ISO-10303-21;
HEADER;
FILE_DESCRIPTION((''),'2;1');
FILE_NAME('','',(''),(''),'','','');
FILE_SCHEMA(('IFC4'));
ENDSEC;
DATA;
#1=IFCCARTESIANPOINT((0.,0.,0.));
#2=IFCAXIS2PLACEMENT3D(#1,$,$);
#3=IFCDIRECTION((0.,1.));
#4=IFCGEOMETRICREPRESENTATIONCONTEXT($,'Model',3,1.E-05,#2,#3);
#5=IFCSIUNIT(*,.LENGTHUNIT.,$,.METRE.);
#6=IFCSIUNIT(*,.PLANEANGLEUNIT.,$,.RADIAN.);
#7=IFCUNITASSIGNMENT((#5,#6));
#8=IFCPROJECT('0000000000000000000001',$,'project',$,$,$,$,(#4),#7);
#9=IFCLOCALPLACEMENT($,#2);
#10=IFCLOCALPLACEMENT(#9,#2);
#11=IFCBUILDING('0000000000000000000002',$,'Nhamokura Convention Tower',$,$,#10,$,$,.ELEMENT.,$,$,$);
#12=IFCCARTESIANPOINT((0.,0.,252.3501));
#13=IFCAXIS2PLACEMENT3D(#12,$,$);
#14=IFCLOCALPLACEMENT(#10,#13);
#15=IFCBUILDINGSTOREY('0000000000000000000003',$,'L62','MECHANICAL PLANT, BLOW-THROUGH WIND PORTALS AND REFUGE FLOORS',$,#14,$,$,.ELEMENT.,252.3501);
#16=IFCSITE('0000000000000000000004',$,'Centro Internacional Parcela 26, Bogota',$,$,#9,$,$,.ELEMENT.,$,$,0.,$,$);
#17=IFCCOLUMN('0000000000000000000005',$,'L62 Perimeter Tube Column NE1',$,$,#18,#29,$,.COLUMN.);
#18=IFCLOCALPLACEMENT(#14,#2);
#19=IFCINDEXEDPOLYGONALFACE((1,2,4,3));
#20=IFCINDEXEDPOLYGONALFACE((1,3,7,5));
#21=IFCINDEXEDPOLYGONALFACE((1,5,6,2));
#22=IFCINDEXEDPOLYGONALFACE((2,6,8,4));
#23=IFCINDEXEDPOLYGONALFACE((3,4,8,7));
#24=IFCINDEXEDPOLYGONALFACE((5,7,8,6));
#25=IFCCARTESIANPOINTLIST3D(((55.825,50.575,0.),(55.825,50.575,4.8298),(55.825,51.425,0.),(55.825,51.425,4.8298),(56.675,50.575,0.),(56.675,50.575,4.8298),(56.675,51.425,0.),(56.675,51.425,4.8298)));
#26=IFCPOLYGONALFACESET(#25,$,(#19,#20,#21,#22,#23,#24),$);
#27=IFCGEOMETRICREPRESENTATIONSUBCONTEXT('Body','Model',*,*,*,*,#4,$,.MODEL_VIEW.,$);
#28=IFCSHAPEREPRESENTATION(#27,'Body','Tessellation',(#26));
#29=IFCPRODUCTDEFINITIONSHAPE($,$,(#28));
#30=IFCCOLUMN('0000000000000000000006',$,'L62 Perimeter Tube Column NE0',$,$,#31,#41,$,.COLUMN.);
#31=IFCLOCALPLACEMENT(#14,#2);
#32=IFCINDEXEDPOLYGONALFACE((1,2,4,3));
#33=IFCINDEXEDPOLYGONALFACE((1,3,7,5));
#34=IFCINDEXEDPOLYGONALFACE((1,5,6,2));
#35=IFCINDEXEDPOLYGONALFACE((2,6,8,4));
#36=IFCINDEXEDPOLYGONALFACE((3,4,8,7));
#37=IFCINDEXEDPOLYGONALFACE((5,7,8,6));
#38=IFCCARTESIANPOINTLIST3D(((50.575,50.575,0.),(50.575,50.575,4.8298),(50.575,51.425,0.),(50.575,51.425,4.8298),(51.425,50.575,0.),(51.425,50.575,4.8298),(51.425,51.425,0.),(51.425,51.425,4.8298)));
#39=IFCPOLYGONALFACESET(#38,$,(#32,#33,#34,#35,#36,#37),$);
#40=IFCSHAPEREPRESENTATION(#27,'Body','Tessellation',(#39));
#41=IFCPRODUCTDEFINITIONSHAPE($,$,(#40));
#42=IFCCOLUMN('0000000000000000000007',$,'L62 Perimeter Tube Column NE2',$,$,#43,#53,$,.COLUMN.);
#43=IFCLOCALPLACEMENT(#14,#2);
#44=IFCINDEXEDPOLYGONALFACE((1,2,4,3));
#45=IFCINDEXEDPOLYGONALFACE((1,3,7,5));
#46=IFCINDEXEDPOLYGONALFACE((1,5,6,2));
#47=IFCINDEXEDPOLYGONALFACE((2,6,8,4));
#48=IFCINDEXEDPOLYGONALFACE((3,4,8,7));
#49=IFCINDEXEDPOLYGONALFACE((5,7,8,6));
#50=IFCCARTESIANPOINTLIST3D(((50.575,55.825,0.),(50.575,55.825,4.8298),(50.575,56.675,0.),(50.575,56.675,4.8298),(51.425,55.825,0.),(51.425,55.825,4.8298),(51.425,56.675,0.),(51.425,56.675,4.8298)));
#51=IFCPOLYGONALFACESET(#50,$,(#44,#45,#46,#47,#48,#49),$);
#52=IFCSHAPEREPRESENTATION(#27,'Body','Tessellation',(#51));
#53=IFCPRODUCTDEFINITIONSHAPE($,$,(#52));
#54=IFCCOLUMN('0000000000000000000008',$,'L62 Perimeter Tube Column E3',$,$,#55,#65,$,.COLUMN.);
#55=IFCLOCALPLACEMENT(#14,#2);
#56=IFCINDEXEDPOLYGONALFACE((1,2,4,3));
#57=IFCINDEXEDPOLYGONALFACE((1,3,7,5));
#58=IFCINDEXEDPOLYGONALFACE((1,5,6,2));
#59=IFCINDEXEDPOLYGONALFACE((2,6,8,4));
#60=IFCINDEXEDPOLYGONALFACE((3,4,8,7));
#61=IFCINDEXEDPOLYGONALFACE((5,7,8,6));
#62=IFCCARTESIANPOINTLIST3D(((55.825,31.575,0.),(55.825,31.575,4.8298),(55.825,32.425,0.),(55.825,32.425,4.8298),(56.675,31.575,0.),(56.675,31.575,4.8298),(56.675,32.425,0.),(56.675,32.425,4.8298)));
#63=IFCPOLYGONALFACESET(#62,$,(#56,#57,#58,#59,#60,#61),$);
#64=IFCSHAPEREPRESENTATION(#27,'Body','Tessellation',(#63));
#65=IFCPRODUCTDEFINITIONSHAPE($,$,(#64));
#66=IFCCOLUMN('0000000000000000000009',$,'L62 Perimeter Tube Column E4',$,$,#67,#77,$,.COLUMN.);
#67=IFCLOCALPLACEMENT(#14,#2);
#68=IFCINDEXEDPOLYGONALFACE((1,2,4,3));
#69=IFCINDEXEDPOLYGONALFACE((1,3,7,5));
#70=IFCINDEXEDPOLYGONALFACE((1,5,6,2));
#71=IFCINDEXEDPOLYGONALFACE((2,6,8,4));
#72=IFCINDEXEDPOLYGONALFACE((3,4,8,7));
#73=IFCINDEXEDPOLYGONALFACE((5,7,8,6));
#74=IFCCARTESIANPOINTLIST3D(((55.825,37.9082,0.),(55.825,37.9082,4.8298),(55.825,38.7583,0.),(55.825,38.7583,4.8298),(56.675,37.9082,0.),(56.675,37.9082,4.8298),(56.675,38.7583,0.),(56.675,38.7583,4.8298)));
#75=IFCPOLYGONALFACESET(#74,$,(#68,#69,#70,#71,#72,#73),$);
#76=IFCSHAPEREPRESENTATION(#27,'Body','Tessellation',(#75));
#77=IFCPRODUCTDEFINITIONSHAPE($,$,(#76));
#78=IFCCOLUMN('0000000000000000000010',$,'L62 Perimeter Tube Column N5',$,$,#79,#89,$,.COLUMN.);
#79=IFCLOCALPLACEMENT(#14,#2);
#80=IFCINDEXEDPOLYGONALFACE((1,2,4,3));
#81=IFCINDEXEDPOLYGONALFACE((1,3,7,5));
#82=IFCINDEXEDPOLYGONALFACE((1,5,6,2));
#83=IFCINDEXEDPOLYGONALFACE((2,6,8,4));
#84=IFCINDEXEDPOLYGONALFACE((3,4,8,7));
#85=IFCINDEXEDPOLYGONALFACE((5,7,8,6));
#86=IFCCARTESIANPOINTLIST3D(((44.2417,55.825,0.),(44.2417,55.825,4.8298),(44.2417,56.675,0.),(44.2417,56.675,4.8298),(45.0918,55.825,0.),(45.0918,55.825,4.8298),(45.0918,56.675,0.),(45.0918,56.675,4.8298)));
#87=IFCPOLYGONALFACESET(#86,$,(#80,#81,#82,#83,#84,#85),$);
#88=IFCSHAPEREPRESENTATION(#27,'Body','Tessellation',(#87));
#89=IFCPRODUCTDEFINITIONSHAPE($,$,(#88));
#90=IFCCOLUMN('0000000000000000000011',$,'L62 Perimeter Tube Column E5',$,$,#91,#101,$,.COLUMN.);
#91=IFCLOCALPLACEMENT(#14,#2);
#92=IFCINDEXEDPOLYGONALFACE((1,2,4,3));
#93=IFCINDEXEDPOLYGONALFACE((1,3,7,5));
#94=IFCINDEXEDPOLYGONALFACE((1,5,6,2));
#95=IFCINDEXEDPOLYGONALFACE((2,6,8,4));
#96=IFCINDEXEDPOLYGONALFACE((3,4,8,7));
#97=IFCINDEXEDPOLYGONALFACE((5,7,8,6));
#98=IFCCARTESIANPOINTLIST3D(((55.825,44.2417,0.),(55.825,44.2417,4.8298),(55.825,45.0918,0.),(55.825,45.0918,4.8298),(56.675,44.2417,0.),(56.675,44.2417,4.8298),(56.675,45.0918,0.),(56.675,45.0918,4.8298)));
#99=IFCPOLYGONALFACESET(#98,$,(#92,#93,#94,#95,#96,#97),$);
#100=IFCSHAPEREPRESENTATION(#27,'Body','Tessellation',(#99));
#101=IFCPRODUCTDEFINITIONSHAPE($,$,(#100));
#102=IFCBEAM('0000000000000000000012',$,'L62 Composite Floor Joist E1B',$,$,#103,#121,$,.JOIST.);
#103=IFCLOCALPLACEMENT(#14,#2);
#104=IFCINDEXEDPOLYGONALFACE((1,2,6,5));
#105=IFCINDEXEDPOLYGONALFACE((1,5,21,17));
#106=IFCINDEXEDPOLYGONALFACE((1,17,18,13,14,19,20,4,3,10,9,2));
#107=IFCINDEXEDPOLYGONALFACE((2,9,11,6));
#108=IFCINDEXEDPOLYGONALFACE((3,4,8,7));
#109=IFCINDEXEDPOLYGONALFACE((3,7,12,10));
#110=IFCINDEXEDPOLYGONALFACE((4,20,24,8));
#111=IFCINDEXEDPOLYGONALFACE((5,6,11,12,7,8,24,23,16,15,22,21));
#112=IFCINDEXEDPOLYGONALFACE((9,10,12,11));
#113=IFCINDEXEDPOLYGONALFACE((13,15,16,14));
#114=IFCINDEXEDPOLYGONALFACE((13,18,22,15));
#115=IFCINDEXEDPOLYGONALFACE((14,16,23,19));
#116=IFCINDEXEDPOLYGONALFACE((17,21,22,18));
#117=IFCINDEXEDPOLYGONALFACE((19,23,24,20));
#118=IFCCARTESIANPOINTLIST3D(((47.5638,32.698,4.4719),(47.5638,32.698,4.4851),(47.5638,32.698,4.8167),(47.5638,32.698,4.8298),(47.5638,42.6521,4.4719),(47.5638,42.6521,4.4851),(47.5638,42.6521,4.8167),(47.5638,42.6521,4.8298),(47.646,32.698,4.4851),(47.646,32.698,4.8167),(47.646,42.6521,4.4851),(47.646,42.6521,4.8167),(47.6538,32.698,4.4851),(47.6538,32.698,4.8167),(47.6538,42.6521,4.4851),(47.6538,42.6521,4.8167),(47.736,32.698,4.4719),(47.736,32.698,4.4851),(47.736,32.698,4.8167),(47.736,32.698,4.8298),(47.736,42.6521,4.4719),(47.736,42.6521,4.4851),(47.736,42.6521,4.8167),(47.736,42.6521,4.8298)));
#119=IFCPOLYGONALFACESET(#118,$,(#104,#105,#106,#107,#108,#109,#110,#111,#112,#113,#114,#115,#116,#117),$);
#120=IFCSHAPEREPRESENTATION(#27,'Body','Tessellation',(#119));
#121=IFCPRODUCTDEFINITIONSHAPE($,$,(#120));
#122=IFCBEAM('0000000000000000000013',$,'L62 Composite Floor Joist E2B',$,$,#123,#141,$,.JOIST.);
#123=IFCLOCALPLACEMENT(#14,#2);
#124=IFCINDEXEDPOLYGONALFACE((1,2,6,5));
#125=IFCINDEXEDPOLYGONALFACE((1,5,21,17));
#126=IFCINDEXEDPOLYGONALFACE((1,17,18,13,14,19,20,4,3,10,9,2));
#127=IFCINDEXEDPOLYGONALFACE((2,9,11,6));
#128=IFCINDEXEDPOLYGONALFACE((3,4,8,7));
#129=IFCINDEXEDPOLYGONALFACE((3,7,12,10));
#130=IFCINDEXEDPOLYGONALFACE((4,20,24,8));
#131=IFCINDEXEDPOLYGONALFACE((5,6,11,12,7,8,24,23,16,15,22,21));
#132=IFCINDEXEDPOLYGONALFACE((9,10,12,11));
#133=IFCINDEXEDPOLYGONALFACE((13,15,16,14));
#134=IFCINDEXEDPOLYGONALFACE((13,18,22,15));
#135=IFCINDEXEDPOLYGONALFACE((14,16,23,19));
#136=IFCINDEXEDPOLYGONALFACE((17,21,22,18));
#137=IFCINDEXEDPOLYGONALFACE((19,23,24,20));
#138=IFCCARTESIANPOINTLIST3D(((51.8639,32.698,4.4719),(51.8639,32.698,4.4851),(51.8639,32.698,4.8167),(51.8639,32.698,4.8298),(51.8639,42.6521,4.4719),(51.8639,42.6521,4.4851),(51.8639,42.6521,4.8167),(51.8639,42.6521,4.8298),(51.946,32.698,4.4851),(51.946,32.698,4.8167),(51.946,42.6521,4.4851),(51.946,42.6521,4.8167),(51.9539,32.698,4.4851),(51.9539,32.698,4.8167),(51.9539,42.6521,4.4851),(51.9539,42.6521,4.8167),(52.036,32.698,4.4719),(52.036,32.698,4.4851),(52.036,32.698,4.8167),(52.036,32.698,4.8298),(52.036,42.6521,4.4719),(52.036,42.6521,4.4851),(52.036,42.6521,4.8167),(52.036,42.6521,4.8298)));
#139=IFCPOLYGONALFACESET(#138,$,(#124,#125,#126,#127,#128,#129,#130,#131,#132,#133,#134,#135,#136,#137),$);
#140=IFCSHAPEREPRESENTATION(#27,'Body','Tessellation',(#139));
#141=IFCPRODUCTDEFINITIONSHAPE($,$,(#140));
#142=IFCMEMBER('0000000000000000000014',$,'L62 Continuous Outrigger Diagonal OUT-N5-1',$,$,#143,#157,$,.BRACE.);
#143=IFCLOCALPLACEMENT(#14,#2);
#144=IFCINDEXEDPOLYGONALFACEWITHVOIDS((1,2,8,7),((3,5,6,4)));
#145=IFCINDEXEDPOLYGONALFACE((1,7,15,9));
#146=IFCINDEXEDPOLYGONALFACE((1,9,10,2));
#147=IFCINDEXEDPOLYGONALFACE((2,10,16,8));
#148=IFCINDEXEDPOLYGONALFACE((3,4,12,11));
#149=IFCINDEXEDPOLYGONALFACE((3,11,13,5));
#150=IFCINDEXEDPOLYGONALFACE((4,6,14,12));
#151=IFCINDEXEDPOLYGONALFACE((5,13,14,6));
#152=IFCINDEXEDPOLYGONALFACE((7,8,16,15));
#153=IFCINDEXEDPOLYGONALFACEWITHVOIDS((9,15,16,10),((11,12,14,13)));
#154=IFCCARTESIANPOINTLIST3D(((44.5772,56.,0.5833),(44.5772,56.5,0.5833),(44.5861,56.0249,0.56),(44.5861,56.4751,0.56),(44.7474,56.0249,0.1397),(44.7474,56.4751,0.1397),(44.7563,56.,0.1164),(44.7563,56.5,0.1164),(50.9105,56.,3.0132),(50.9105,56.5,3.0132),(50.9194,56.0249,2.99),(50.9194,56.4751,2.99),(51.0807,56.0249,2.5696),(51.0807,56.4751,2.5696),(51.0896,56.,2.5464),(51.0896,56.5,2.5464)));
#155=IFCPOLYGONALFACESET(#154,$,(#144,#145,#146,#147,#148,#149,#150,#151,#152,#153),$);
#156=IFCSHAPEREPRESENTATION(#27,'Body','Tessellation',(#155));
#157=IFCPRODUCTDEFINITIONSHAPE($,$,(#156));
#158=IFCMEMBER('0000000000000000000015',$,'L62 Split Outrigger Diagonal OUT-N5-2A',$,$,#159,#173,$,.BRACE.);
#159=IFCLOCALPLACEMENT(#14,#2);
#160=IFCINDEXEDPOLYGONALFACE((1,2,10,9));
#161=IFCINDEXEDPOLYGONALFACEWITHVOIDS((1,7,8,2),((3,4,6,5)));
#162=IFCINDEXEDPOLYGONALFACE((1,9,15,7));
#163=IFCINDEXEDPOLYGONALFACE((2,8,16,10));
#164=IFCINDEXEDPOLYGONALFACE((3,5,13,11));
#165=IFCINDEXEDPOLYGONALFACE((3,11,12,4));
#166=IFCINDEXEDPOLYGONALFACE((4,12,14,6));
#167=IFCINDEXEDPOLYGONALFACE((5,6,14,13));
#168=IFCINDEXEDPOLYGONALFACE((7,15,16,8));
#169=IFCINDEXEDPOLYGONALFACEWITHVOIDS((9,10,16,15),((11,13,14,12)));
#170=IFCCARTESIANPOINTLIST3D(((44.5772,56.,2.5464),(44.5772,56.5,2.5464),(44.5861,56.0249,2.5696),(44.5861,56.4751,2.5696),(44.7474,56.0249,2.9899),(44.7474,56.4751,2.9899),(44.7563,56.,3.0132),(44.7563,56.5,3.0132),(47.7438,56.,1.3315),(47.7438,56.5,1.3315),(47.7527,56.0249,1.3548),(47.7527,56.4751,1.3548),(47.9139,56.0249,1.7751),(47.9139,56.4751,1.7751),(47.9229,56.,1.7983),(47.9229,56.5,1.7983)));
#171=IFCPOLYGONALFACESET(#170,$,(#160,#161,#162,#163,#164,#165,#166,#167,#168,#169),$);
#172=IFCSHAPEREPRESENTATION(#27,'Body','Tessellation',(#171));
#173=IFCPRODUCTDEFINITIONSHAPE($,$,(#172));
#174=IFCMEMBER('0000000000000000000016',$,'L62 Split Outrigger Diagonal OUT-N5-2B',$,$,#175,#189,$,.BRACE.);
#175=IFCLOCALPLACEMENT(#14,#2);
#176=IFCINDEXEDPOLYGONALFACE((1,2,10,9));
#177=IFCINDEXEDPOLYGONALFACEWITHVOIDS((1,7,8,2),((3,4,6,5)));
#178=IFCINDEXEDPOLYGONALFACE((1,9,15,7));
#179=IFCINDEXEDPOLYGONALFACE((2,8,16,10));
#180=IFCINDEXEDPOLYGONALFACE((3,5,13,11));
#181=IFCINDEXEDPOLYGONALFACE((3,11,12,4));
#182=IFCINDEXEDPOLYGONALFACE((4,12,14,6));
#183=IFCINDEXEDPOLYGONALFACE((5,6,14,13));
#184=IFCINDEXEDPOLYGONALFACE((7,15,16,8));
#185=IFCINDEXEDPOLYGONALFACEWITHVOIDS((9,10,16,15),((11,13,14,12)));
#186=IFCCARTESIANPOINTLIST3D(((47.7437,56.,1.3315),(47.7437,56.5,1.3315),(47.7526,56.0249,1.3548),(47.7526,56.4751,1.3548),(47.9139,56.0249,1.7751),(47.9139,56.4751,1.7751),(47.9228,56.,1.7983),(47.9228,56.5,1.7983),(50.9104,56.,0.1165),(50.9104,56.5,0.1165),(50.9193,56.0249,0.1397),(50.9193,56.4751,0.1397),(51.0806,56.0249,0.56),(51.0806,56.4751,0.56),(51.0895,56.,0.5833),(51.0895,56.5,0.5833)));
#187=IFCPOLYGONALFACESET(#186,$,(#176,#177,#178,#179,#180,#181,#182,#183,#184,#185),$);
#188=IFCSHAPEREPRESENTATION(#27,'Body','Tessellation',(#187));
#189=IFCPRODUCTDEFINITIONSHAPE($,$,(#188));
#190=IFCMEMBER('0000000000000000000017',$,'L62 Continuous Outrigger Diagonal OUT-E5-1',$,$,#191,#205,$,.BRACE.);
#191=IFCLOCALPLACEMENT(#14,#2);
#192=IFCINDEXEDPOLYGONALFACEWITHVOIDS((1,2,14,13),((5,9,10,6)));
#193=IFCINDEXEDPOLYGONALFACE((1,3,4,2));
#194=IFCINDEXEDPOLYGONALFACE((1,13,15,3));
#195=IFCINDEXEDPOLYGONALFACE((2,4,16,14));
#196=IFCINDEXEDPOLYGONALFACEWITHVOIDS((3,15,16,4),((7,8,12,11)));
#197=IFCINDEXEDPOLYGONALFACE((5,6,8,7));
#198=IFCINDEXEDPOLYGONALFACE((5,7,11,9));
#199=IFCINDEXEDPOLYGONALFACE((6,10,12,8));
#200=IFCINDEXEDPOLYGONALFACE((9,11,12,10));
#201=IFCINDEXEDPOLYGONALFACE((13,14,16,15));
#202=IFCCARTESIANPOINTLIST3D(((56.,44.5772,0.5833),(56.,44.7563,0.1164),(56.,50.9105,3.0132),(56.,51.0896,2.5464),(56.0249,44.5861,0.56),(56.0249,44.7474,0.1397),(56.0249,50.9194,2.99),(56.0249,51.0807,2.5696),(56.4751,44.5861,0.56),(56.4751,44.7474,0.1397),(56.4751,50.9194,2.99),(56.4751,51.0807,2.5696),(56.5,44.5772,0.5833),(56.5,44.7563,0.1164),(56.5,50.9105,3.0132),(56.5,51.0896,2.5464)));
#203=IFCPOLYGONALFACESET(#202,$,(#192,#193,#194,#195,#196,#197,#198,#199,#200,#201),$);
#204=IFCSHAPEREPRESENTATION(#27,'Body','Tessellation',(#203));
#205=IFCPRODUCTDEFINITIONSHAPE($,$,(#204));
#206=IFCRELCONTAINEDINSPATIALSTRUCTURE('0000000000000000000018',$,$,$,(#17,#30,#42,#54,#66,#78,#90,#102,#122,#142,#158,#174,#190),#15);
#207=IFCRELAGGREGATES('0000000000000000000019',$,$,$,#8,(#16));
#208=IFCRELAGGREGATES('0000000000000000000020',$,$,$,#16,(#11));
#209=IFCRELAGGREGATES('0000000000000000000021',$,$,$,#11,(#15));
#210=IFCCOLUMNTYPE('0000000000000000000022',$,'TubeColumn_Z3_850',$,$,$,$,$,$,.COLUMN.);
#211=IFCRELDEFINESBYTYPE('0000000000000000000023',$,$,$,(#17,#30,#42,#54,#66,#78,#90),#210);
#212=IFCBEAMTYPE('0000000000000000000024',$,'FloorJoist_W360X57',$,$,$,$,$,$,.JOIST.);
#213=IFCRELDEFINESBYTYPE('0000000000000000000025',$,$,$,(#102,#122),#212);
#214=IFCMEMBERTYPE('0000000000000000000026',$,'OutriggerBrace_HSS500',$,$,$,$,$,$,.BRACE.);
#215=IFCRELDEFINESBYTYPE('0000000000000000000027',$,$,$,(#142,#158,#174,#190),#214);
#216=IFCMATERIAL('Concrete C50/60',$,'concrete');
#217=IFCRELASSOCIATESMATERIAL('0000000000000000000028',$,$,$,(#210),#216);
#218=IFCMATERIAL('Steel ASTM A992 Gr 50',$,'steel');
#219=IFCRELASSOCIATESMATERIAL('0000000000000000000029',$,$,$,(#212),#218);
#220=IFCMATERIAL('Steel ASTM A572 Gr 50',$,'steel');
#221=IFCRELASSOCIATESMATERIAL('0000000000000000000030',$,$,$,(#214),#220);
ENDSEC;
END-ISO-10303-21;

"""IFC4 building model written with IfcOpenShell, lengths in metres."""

from ifc_helpers import new_model, si_unit, direction, frame, origin, origin_2d, place, context, subcontext, project, spatial, rectangle, hollow_rectangle, i_section, extrude, material, material_profile, profile_set, type_object, element, save


model = new_model("IFC4")

# Units and contexts
model_context = context("Model", 3, precision=1e-05, world=origin(), true_north=direction((0.0, 1.0)))
body_context = subcontext(model_context, "Body", "Model", "MODEL_VIEW")
ifc_project = project(units=[si_unit("LENGTHUNIT", "METRE"), si_unit("PLANEANGLEUNIT", "RADIAN")], contexts=[model_context])

# Site, building, storey
site_placement = place(None, origin())
site = spatial("IfcSite", under=ifc_project, at=site_placement, Name="Centro Internacional Parcela 26, Bogota", CompositionType="ELEMENT", RefElevation=0.0)
building_placement = place(site_placement, origin())
building = spatial("IfcBuilding", under=site, at=building_placement, Name="Nhamokura Convention Tower", CompositionType="ELEMENT")
storey_placement = place(building_placement, frame((0.0, 0.0, 252.3501)))
storey = spatial("IfcBuildingStorey", under=building, at=storey_placement, Name="L62", Description="MECHANICAL PLANT, BLOW-THROUGH WIND PORTALS AND REFUGE FLOORS", CompositionType="ELEMENT", Elevation=252.3501)

# Columns
ifc_material_1 = material(Name="Concrete C50/60", Category="concrete")
ifc_material_profile_1 = material_profile(ifc_material_1, rectangle(XDim=0.8501, YDim=0.8501, at=origin_2d()))
ifc_profile_set_1 = profile_set([ifc_material_profile_1], Name="Concrete C50/60")
column_type = type_object("IfcColumnType", Name="TubeColumn_Z3_850", PredefinedType="COLUMN", material=ifc_profile_set_1)
for number, where, z_axis, x_axis, name in (
    (1, (56.25, 51.0, 0.0), (0.0, 0.0, 1.0), (1.0, 0.0, 0.0), "L62 Perimeter Tube Column NE1"),
    (2, (51.0, 51.0, 0.0), (0.0, 0.0, 1.0), (1.0, 0.0, 0.0), "L62 Perimeter Tube Column NE0"),
    (3, (51.0, 56.25, 0.0), (0.0, 0.0, 1.0), (1.0, 0.0, 0.0), "L62 Perimeter Tube Column NE2"),
    (4, (56.25, 32.0, 0.0), (0.0, 0.0, 1.0), (1.0, 0.0, 0.0), "L62 Perimeter Tube Column E3"),
    (5, (56.25, 38.3333, 0.0), (0.0, 0.0, 1.0), (1.0, 0.0, 0.0), "L62 Perimeter Tube Column E4"),
    (6, (44.6667, 56.25, 0.0), (0.0, 0.0, 1.0), (1.0, 0.0, 0.0), "L62 Perimeter Tube Column N5"),
    (7, (56.25, 44.6667, 0.0), (0.0, 0.0, 1.0), (1.0, 0.0, 0.0), "L62 Perimeter Tube Column E5"),
):
    element("IfcColumn", number, at=place(storey_placement, frame(where, z_axis=z_axis, x_axis=x_axis)), inside=storey, type_object=column_type, Name=name, PredefinedType="COLUMN", context=body_context, shape_type="SweptSolid", body=[
        extrude(rectangle(XDim=0.8501, YDim=0.8501, at=origin_2d()), origin(), (0.0, 0.0, 1.0), 4.8298),
    ])

# Beams
ifc_material_2 = material(Name="Steel ASTM A992 Gr 50", Category="steel")
ifc_material_profile_2 = material_profile(ifc_material_2, i_section(OverallWidth=0.1721, OverallDepth=0.3579, WebThickness=0.0078, FlangeThickness=0.0132, at=origin_2d()))
ifc_profile_set_2 = profile_set([ifc_material_profile_2], Name="Steel ASTM A992 Gr 50")
beam_type_1 = type_object("IfcBeamType", Name="FloorJoist_W360X57", PredefinedType="JOIST", material=ifc_profile_set_2)
for number, where, z_axis, x_axis, name in (
    (8, (47.6499, 32.698, 4.6509), (0.0, 1.0, 0.0), (-1.0, 0.0, 0.0), "L62 Composite Floor Joist E1B"),
    (9, (51.95, 32.698, 4.6509), (0.0, 1.0, 0.0), (-1.0, 0.0, 0.0), "L62 Composite Floor Joist E2B"),
):
    element("IfcBeam", number, at=place(storey_placement, frame(where, z_axis=z_axis, x_axis=x_axis)), inside=storey, type_object=beam_type_1, Name=name, PredefinedType="JOIST", context=body_context, shape_type="SweptSolid", body=[
        extrude(i_section(OverallWidth=0.1721, OverallDepth=0.3579, WebThickness=0.0078, FlangeThickness=0.0132, at=origin_2d()), origin(), (0.0, 0.0, 1.0), 9.9541),
    ])

# Members
ifc_material_3 = material(Name="Steel ASTM A572 Gr 50", Category="steel")
ifc_material_profile_3 = material_profile(ifc_material_3, hollow_rectangle(XDim=0.5, YDim=0.5, WallThickness=0.0249, at=origin_2d()))
ifc_profile_set_3 = profile_set([ifc_material_profile_3], Name="Steel ASTM A572 Gr 50")
member_type = type_object("IfcMemberType", Name="OutriggerBrace_HSS500", PredefinedType="BRACE", material=ifc_profile_set_3)
member_1_placement = place(storey_placement, frame((44.6667, 56.25, 0.3499), z_axis=(0.933638, 0.0, 0.358217), x_axis=(0.0, 1.0, 0.0)))
element("IfcMember", 10, at=member_1_placement, inside=storey, type_object=member_type, Name="L62 Continuous Outrigger Diagonal OUT-N5-1", PredefinedType="BRACE", context=body_context, shape_type="SweptSolid", body=[
    extrude(hollow_rectangle(XDim=0.5, YDim=0.5, WallThickness=0.0249, at=origin_2d()), origin(), (0.0, 0.0, 1.0), 6.7834),
])
member_2_placement = place(storey_placement, frame((44.6667, 56.25, 2.7798), z_axis=(0.933646, 0.0, -0.358198), x_axis=(0.0, 1.0, 0.0)))
element("IfcMember", 11, at=member_2_placement, inside=storey, type_object=member_type, Name="L62 Split Outrigger Diagonal OUT-N5-2A", PredefinedType="BRACE", context=body_context, shape_type="SweptSolid", body=[
    extrude(hollow_rectangle(XDim=0.5, YDim=0.5, WallThickness=0.0249, at=origin_2d()), origin(), (0.0, 0.0, 1.0), 3.3916),
])
member_3_placement = place(storey_placement, frame((47.8333, 56.25, 1.5649), z_axis=(0.933631, 0.0, -0.358236), x_axis=(0.0, 1.0, 0.0)))
element("IfcMember", 12, at=member_3_placement, inside=storey, type_object=member_type, Name="L62 Split Outrigger Diagonal OUT-N5-2B", PredefinedType="BRACE", context=body_context, shape_type="SweptSolid", body=[
    extrude(hollow_rectangle(XDim=0.5, YDim=0.5, WallThickness=0.0249, at=origin_2d()), origin(), (0.0, 0.0, 1.0), 3.3918),
])
member_4_placement = place(storey_placement, frame((56.25, 44.6667, 0.3499), z_axis=(0.0, 0.933638, 0.358217), x_axis=(-1.0, 0.0, 0.0)))
element("IfcMember", 13, at=member_4_placement, inside=storey, type_object=member_type, Name="L62 Continuous Outrigger Diagonal OUT-E5-1", PredefinedType="BRACE", context=body_context, shape_type="SweptSolid", body=[
    extrude(hollow_rectangle(XDim=0.5, YDim=0.5, WallThickness=0.0249, at=origin_2d()), origin(), (0.0, 0.0, 1.0), 6.7834),
])

save(model, "model.ifc")
